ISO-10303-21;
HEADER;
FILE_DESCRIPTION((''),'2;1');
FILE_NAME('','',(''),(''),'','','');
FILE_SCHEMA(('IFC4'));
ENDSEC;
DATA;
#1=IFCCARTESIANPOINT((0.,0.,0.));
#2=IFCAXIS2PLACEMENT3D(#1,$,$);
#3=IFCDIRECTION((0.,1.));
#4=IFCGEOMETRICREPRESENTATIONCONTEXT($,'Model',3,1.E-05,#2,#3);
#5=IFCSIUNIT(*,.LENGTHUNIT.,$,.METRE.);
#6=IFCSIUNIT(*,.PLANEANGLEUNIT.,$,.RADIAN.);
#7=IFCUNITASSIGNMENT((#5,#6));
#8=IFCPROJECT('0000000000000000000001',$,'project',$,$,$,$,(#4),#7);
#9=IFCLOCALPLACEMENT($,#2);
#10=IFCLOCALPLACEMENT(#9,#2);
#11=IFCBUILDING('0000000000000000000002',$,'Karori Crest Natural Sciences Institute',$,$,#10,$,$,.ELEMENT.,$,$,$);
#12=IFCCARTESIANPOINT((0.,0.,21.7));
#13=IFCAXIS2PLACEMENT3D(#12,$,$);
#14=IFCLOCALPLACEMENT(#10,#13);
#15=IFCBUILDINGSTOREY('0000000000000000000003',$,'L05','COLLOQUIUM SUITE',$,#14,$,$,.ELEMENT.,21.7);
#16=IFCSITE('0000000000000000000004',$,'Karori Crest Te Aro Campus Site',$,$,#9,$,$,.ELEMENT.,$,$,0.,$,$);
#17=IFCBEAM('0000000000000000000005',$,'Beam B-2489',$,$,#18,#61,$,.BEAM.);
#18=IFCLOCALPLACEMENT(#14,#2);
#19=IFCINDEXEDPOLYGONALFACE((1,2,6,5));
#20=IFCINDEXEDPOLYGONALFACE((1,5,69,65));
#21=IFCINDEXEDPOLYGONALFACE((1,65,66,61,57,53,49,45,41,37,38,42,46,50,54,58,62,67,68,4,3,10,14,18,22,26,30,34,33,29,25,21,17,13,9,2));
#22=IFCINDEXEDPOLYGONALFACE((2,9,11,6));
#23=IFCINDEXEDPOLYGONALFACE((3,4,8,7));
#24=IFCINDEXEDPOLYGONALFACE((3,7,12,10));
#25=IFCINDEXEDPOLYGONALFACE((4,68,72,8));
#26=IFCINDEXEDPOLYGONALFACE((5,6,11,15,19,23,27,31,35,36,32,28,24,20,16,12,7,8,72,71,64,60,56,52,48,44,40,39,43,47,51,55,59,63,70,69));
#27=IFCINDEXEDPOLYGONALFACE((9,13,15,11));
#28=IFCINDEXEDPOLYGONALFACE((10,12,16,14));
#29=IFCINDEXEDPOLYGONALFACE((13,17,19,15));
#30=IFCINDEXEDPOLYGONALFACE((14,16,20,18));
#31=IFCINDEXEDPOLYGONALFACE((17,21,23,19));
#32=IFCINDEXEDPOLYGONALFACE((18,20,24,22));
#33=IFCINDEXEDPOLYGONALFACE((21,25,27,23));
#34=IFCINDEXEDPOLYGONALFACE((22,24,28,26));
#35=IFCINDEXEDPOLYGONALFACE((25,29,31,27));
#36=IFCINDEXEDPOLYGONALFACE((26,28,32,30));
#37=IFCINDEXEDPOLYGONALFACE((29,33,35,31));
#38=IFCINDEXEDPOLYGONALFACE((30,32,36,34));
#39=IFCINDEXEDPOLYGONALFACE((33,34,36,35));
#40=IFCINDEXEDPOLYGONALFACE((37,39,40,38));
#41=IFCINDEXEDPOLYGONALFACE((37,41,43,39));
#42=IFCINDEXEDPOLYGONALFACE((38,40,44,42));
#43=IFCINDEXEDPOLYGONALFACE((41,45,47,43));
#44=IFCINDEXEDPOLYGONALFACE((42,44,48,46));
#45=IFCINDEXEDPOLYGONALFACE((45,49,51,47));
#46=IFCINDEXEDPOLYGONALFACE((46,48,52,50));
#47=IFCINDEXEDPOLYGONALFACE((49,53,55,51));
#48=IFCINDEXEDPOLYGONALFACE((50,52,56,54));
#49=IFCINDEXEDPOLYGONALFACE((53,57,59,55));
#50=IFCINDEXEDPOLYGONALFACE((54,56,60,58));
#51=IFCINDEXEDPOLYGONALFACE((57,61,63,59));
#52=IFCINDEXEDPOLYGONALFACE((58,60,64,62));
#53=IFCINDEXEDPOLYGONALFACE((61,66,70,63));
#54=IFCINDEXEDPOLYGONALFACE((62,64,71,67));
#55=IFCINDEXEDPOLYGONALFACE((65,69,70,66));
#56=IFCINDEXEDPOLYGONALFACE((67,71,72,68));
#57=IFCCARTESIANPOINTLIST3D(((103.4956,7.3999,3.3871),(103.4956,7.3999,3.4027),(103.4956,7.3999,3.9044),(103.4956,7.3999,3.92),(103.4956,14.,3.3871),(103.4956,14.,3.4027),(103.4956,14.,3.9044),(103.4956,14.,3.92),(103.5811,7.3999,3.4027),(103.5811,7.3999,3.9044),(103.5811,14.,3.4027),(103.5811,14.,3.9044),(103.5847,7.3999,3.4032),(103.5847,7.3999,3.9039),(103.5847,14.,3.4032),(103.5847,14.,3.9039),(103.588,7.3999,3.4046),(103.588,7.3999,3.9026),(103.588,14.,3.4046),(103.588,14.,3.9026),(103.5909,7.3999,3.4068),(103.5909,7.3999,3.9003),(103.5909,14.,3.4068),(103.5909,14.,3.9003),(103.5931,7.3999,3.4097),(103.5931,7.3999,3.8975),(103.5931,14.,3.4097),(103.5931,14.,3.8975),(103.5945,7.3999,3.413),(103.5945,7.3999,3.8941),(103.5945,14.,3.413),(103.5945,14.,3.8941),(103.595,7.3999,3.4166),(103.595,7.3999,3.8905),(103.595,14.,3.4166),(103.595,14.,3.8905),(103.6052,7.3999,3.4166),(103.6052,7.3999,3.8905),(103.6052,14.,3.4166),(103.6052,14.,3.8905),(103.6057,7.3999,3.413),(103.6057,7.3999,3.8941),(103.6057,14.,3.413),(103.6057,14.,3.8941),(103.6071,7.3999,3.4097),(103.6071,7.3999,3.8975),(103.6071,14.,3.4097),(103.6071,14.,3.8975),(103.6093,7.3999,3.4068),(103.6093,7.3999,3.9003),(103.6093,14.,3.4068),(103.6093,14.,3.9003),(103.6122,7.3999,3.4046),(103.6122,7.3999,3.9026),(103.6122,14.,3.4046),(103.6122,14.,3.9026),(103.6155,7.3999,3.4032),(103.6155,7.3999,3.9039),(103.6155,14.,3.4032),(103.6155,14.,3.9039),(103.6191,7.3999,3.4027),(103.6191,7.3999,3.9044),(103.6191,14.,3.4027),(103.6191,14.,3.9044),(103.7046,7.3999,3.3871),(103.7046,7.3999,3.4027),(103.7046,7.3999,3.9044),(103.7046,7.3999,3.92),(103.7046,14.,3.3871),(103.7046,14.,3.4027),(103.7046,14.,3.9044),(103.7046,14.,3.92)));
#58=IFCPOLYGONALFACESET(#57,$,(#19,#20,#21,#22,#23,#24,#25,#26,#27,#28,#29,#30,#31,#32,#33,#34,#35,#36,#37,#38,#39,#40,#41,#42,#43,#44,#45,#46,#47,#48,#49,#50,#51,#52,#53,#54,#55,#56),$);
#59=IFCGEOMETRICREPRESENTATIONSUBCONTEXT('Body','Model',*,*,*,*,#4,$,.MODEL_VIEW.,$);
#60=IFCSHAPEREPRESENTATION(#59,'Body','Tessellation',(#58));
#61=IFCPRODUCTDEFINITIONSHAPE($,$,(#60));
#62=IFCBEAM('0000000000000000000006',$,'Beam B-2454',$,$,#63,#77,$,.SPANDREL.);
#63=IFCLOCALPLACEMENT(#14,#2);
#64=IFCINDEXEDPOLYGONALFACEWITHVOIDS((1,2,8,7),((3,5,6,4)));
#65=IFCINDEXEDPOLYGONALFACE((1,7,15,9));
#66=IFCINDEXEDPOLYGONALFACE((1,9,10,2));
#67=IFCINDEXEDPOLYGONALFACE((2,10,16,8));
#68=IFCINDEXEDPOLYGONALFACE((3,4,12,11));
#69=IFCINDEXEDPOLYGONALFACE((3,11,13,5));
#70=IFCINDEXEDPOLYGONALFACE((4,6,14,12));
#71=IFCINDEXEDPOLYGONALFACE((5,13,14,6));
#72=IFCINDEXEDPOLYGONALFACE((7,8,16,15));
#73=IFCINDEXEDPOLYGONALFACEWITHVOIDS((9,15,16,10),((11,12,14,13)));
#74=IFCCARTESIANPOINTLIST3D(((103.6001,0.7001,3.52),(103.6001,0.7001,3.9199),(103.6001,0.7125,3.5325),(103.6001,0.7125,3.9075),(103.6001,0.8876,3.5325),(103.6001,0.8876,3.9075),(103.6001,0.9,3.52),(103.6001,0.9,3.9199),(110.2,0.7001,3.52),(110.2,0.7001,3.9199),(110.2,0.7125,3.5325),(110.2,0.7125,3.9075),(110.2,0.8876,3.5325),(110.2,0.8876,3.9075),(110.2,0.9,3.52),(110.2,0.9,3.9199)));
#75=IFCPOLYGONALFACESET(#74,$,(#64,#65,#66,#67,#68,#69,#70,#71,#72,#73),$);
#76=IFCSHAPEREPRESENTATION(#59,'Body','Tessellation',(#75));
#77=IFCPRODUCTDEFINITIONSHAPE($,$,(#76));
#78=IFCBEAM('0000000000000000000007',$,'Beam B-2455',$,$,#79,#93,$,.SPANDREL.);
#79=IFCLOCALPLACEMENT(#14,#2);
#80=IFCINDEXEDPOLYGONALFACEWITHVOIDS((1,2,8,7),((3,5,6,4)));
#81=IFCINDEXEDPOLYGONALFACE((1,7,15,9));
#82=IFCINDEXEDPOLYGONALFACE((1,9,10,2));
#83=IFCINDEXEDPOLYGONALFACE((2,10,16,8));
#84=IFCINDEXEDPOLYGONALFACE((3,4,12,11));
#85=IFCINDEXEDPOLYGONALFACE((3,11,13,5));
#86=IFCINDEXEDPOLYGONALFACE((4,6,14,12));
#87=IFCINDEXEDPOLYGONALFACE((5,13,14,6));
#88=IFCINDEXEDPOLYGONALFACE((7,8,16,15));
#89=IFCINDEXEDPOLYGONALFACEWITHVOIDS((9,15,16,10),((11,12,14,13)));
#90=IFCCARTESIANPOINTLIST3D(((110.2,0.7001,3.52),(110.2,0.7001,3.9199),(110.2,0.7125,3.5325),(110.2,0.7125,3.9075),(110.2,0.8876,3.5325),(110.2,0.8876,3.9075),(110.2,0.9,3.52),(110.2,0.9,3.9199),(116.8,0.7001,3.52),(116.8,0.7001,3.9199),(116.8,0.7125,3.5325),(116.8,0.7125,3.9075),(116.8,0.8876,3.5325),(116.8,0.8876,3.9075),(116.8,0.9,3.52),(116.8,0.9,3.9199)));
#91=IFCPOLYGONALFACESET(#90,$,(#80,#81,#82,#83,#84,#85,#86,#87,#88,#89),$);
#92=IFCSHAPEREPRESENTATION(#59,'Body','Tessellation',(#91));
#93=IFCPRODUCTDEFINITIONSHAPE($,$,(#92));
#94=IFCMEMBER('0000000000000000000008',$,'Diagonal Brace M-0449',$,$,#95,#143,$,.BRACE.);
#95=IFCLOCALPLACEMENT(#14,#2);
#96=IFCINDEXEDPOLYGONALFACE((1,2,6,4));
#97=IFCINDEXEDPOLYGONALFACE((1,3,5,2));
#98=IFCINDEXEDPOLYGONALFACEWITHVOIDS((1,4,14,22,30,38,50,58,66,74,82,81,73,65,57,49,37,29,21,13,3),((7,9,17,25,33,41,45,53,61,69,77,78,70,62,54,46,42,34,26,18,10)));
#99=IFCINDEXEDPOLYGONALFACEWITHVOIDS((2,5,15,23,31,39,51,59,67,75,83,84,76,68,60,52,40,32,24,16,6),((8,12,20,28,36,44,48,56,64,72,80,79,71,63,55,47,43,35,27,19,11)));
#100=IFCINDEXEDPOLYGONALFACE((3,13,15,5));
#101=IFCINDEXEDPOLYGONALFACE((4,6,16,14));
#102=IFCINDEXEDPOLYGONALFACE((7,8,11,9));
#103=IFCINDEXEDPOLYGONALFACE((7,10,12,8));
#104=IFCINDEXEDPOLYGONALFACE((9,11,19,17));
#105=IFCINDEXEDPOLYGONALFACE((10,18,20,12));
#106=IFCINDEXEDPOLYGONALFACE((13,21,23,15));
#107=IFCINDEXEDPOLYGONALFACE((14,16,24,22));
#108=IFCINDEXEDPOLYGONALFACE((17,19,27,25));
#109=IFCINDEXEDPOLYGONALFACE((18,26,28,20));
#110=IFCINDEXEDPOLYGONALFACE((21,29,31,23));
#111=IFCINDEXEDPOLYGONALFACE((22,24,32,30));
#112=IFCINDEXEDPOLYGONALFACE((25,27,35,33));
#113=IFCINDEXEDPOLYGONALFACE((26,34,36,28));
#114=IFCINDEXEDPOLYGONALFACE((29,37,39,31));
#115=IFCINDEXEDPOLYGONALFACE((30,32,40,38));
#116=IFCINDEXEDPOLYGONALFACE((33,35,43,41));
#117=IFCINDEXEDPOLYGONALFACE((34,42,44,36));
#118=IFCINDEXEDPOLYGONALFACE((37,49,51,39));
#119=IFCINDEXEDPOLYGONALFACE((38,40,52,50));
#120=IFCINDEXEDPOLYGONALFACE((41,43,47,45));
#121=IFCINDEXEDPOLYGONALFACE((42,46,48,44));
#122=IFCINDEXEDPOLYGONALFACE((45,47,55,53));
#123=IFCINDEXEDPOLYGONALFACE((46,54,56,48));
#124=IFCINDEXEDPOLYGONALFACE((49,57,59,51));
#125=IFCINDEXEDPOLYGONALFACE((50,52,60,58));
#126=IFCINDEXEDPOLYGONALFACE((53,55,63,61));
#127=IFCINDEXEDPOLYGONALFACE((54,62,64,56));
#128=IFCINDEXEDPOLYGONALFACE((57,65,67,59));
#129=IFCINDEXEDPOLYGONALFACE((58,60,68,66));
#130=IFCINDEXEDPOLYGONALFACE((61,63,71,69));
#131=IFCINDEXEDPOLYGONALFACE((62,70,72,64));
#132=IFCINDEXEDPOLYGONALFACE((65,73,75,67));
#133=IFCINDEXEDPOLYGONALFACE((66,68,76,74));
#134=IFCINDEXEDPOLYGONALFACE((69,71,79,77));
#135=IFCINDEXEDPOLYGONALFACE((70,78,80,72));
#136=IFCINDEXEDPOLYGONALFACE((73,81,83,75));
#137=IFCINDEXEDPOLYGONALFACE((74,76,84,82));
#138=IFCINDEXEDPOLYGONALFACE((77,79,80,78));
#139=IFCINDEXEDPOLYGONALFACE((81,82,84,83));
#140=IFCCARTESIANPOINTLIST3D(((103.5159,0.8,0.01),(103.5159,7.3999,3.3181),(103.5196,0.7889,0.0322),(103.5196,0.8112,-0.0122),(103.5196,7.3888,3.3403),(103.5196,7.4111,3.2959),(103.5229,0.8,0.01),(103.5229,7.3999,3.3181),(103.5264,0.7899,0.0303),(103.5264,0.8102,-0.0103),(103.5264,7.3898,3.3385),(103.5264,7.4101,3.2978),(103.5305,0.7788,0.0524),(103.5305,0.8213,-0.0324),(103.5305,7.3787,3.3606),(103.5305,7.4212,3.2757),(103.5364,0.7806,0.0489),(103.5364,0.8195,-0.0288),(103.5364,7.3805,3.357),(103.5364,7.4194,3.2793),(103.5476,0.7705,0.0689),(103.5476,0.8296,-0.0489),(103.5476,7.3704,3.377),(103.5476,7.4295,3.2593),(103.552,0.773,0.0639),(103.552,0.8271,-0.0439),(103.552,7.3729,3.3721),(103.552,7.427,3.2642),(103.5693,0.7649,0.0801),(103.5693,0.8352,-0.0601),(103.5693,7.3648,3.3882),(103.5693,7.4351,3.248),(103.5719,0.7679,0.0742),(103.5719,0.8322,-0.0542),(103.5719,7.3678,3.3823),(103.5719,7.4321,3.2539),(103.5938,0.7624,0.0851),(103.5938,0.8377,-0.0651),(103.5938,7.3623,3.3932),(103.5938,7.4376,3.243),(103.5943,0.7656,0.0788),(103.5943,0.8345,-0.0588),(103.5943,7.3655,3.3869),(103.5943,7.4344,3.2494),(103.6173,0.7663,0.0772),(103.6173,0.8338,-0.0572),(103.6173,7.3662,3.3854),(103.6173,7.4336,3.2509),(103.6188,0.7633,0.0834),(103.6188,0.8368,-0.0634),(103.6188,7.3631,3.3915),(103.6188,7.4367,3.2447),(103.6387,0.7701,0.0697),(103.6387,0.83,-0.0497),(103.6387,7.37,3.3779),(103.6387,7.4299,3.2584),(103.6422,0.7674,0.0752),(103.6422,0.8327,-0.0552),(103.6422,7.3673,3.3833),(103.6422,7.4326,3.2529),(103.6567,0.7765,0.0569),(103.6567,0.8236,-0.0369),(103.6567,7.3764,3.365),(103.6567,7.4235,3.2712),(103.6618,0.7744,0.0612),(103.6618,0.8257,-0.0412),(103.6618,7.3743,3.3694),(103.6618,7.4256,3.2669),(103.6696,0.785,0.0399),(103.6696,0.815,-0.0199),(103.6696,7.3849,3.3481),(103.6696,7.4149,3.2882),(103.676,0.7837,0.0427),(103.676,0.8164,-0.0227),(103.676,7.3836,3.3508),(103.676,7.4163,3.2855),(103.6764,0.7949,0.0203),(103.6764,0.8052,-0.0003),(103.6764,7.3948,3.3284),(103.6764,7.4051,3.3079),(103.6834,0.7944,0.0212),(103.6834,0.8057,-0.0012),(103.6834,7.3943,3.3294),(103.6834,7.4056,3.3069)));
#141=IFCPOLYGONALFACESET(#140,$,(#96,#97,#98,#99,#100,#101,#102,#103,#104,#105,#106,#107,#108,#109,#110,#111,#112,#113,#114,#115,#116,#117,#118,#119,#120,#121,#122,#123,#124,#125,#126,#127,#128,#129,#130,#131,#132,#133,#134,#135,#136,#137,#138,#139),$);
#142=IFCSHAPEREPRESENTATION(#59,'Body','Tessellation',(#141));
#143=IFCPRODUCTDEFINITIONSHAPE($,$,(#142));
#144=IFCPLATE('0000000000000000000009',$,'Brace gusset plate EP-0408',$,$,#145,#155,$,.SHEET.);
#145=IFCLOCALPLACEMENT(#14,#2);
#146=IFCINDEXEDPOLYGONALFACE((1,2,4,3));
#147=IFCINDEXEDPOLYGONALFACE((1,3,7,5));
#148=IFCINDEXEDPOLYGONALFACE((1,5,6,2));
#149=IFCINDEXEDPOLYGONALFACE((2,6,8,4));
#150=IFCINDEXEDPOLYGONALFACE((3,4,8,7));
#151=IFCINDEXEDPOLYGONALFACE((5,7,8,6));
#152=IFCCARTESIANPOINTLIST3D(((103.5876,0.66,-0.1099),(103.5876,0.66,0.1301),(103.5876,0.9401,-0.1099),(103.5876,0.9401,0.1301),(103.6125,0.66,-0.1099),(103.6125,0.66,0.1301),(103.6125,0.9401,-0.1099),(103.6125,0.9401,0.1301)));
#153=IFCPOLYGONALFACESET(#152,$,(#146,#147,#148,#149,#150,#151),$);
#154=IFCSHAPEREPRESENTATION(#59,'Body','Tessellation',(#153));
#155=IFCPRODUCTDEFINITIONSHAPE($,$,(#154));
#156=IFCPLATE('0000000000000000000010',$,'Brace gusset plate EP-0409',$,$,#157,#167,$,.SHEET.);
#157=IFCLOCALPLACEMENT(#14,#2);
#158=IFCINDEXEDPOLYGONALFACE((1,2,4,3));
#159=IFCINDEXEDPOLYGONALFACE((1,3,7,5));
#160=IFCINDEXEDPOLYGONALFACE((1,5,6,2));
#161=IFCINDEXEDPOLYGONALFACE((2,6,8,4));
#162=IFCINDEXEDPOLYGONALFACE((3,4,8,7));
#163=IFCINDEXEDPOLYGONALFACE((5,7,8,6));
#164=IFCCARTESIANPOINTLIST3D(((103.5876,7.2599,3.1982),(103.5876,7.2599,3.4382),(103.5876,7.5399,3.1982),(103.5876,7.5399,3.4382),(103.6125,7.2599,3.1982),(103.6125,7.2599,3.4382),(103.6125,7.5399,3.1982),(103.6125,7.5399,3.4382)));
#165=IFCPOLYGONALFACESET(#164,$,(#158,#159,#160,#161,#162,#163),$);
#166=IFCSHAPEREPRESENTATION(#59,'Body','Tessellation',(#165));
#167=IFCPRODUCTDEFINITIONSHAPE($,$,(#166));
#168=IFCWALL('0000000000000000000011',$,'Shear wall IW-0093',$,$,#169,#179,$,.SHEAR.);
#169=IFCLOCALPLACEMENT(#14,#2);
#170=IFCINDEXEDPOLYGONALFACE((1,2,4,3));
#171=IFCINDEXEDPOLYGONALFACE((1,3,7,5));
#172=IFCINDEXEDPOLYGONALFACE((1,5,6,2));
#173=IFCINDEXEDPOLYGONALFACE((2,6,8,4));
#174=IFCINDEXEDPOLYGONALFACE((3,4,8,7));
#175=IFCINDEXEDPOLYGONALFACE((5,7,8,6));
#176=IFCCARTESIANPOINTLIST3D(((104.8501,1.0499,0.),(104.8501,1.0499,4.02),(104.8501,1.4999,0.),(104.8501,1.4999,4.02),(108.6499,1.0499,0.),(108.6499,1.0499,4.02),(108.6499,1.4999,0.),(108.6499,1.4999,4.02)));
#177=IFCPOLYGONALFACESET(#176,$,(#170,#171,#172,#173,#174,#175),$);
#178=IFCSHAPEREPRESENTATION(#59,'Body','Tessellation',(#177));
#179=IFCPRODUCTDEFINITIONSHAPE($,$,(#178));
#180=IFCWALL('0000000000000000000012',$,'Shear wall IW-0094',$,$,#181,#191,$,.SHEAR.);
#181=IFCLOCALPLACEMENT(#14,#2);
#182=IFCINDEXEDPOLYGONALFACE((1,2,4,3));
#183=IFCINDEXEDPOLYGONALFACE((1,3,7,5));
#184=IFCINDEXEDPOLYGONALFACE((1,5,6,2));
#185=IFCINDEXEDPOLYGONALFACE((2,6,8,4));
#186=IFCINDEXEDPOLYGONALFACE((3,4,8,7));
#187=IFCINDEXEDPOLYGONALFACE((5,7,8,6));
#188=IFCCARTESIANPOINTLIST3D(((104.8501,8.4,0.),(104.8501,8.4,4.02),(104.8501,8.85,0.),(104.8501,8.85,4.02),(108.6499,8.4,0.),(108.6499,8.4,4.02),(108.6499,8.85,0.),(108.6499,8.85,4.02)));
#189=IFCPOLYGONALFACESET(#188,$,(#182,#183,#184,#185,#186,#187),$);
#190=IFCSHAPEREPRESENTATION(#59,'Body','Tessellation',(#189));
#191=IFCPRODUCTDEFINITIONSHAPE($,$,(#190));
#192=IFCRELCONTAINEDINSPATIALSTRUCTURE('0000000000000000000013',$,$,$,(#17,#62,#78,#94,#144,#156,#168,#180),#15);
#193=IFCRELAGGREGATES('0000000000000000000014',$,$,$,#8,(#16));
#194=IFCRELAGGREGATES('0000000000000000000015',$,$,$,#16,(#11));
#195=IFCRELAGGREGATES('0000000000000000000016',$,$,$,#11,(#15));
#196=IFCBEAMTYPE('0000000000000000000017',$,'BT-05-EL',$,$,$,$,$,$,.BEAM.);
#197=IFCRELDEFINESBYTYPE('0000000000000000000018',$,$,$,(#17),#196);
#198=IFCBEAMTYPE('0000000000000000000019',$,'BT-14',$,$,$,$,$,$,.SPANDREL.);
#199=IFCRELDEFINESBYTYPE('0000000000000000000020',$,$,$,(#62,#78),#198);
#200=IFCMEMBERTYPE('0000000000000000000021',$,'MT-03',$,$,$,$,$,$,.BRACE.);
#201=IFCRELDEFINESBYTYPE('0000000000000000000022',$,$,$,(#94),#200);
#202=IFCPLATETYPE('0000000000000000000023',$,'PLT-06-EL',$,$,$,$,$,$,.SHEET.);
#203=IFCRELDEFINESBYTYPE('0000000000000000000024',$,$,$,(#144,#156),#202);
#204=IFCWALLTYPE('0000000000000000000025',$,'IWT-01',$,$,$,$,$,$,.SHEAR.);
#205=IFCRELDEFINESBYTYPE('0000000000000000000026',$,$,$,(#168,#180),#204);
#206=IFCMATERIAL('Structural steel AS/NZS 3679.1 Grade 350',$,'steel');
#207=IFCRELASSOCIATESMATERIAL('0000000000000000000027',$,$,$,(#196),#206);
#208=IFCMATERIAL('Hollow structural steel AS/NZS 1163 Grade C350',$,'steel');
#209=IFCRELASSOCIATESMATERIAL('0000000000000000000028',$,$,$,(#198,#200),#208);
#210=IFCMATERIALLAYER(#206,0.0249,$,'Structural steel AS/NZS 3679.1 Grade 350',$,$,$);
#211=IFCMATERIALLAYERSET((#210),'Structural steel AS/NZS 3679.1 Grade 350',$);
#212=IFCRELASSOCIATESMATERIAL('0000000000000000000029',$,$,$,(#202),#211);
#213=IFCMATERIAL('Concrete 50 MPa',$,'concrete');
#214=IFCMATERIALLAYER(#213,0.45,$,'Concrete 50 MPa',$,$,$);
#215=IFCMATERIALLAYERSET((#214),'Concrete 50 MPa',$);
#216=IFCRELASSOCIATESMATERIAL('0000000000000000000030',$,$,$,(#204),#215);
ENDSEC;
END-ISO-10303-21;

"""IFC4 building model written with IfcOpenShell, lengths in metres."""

from ifc_helpers import new_model, si_unit, direction, frame, frame_2d, origin, origin_2d, place, context, subcontext, project, spatial, rectangle, hollow_rectangle, hollow_circle, i_section, extrude, material, layer, layer_set, material_profile, profile_set, type_object, element, save


model = new_model("IFC4")

# Units and contexts
model_context = context("Model", 3, precision=1e-05, world=origin(), true_north=direction((0.0, 1.0)))
body_context = subcontext(model_context, "Body", "Model", "MODEL_VIEW")
ifc_project = project(units=[si_unit("LENGTHUNIT", "METRE"), si_unit("PLANEANGLEUNIT", "RADIAN")], contexts=[model_context])

# Site, building, storey
site_placement = place(None, origin())
site = spatial("IfcSite", under=ifc_project, at=site_placement, Name="Karori Crest Te Aro Campus Site", CompositionType="ELEMENT", RefElevation=0.0)
building_placement = place(site_placement, origin())
building = spatial("IfcBuilding", under=site, at=building_placement, Name="Karori Crest Natural Sciences Institute", CompositionType="ELEMENT")
storey_placement = place(building_placement, frame((0.0, 0.0, 21.7)))
storey = spatial("IfcBuildingStorey", under=building, at=storey_placement, Name="L05", Description="COLLOQUIUM SUITE", CompositionType="ELEMENT", Elevation=21.7)

# Shared definitions
ifc_material_1 = material(Name="Structural steel AS/NZS 3679.1 Grade 350", Category="steel")

# Beams
ifc_material_profile_1 = material_profile(ifc_material_1, i_section(OverallWidth=0.209, OverallDepth=0.533, WebThickness=0.0103, FlangeThickness=0.0156, FilletRadius=0.0139, at=origin_2d()), Name="530UB92.4")
ifc_profile_set_1 = profile_set([ifc_material_profile_1], Name="Structural steel AS/NZS 3679.1 Grade 350")
beam_type_1 = type_object("IfcBeamType", Name="BT-05-EL", PredefinedType="BEAM", material=ifc_profile_set_1)
beam_1_placement = place(storey_placement, frame((103.6001, 7.3999, 3.6536), z_axis=(0.0, 1.0, 0.0), x_axis=(-1.0, 0.0, 0.0)))
element("IfcBeam", 1, at=beam_1_placement, inside=storey, type_object=beam_type_1, Name="Beam B-2489", PredefinedType="BEAM", context=body_context, shape_type="SweptSolid", body=[
    extrude(i_section(OverallWidth=0.209, OverallDepth=0.533, WebThickness=0.0103, FlangeThickness=0.0156, FilletRadius=0.0139, at=origin_2d()), origin(), (0.0, 0.0, 1.0), 6.6001),
])
ifc_material_2 = material(Name="Hollow structural steel AS/NZS 1163 Grade C350", Category="steel")
ifc_material_profile_2 = material_profile(ifc_material_2, hollow_rectangle(XDim=0.2, YDim=0.3999, WallThickness=0.0125, at=origin_2d()), Name="RHS400x200x12.5")
ifc_profile_set_2 = profile_set([ifc_material_profile_2], Name="Hollow structural steel AS/NZS 1163 Grade C350")
beam_type_2 = type_object("IfcBeamType", Name="BT-14", PredefinedType="SPANDREL", material=ifc_profile_set_2)
beam_2_placement = place(storey_placement, frame((103.6001, 0.8, 3.72), z_axis=(1.0, 0.0, 0.0), x_axis=(0.0, 1.0, 0.0)))
element("IfcBeam", 2, at=beam_2_placement, inside=storey, type_object=beam_type_2, Name="Beam B-2454", PredefinedType="SPANDREL", context=body_context, shape_type="SweptSolid", body=[
    extrude(hollow_rectangle(XDim=0.2, YDim=0.3999, WallThickness=0.0125, at=origin_2d()), origin(), (0.0, 0.0, 1.0), 6.5999),
])
beam_3_placement = place(storey_placement, frame((110.2, 0.8, 3.72), z_axis=(1.0, 0.0, 0.0), x_axis=(0.0, 1.0, 0.0)))
element("IfcBeam", 3, at=beam_3_placement, inside=storey, type_object=beam_type_2, Name="Beam B-2455", PredefinedType="SPANDREL", context=body_context, shape_type="SweptSolid", body=[
    extrude(hollow_rectangle(XDim=0.2, YDim=0.3999, WallThickness=0.0125, at=origin_2d()), origin(), (0.0, 0.0, 1.0), 6.6001),
])

# Member
ifc_material_profile_3 = material_profile(ifc_material_2, hollow_circle(Radius=0.0842, WallThickness=0.0071, at=origin_2d()), Name="CHS168.3x7.1")
ifc_profile_set_3 = profile_set([ifc_material_profile_3], Name="Hollow structural steel AS/NZS 1163 Grade C350")
member_type = type_object("IfcMemberType", Name="MT-03", PredefinedType="BRACE", material=ifc_profile_set_3)
member_placement = place(storey_placement, frame((103.6001, 0.8, 0.01), z_axis=(0.0, 0.893984, 0.4481), x_axis=(-1.0, 0.0, 0.0)))
element("IfcMember", 4, at=member_placement, inside=storey, type_object=member_type, Name="Diagonal Brace M-0449", PredefinedType="BRACE", context=body_context, shape_type="SweptSolid", body=[
    extrude(hollow_circle(Radius=0.0842, WallThickness=0.0071, at=origin_2d()), origin(), (0.0, 0.0, 1.0), 7.3826),
])

# Plates
ifc_layer_1 = layer(ifc_material_1, 0.0249, Name="Structural steel AS/NZS 3679.1 Grade 350")
ifc_layer_set_1 = layer_set([ifc_layer_1], Name="Structural steel AS/NZS 3679.1 Grade 350")
plate_type = type_object("IfcPlateType", Name="PLT-06-EL", PredefinedType="SHEET", material=ifc_layer_set_1)
for number, where, z_axis, x_axis, name in (
    (5, (103.6001, 0.8, -0.1099), (0.0, 0.0, 1.0), (0.0, 1.0, 0.0), "Brace gusset plate EP-0408"),
    (6, (103.6001, 7.3999, 3.1982), (0.0, 0.0, 1.0), (0.0, 1.0, 0.0), "Brace gusset plate EP-0409"),
):
    element("IfcPlate", number, at=place(storey_placement, frame(where, z_axis=z_axis, x_axis=x_axis)), inside=storey, type_object=plate_type, Name=name, PredefinedType="SHEET", context=body_context, shape_type="SweptSolid", body=[
        extrude(rectangle(XDim=0.28, YDim=0.0249, at=origin_2d()), origin(), (0.0, 0.0, 1.0), 0.24),
    ])

# Walls
ifc_material_3 = material(Name="Concrete 50 MPa", Category="concrete")
ifc_layer_2 = layer(ifc_material_3, 0.45, Name="Concrete 50 MPa")
ifc_layer_set_2 = layer_set([ifc_layer_2], Name="Concrete 50 MPa")
wall_type_1 = type_object("IfcWallType", Name="IWT-01", PredefinedType="SHEAR", material=ifc_layer_set_2)
for number, where, z_axis, x_axis, name in (
    (7, (104.8501, 1.2749, 0.0), (0.0, 0.0, 1.0), (1.0, 0.0, 0.0), "Shear wall IW-0093"),
    (8, (104.8501, 8.625, 0.0), (0.0, 0.0, 1.0), (1.0, 0.0, 0.0), "Shear wall IW-0094"),
):
    element("IfcWall", number, at=place(storey_placement, frame(where, z_axis=z_axis, x_axis=x_axis)), inside=storey, type_object=wall_type_1, Name=name, PredefinedType="SHEAR", context=body_context, shape_type="SweptSolid", body=[
        extrude(rectangle(XDim=3.7998, YDim=0.45, at=frame_2d((1.8999, 0.0))), origin(), (0.0, 0.0, 1.0), 4.02),
    ])

save(model, "model.ifc")
